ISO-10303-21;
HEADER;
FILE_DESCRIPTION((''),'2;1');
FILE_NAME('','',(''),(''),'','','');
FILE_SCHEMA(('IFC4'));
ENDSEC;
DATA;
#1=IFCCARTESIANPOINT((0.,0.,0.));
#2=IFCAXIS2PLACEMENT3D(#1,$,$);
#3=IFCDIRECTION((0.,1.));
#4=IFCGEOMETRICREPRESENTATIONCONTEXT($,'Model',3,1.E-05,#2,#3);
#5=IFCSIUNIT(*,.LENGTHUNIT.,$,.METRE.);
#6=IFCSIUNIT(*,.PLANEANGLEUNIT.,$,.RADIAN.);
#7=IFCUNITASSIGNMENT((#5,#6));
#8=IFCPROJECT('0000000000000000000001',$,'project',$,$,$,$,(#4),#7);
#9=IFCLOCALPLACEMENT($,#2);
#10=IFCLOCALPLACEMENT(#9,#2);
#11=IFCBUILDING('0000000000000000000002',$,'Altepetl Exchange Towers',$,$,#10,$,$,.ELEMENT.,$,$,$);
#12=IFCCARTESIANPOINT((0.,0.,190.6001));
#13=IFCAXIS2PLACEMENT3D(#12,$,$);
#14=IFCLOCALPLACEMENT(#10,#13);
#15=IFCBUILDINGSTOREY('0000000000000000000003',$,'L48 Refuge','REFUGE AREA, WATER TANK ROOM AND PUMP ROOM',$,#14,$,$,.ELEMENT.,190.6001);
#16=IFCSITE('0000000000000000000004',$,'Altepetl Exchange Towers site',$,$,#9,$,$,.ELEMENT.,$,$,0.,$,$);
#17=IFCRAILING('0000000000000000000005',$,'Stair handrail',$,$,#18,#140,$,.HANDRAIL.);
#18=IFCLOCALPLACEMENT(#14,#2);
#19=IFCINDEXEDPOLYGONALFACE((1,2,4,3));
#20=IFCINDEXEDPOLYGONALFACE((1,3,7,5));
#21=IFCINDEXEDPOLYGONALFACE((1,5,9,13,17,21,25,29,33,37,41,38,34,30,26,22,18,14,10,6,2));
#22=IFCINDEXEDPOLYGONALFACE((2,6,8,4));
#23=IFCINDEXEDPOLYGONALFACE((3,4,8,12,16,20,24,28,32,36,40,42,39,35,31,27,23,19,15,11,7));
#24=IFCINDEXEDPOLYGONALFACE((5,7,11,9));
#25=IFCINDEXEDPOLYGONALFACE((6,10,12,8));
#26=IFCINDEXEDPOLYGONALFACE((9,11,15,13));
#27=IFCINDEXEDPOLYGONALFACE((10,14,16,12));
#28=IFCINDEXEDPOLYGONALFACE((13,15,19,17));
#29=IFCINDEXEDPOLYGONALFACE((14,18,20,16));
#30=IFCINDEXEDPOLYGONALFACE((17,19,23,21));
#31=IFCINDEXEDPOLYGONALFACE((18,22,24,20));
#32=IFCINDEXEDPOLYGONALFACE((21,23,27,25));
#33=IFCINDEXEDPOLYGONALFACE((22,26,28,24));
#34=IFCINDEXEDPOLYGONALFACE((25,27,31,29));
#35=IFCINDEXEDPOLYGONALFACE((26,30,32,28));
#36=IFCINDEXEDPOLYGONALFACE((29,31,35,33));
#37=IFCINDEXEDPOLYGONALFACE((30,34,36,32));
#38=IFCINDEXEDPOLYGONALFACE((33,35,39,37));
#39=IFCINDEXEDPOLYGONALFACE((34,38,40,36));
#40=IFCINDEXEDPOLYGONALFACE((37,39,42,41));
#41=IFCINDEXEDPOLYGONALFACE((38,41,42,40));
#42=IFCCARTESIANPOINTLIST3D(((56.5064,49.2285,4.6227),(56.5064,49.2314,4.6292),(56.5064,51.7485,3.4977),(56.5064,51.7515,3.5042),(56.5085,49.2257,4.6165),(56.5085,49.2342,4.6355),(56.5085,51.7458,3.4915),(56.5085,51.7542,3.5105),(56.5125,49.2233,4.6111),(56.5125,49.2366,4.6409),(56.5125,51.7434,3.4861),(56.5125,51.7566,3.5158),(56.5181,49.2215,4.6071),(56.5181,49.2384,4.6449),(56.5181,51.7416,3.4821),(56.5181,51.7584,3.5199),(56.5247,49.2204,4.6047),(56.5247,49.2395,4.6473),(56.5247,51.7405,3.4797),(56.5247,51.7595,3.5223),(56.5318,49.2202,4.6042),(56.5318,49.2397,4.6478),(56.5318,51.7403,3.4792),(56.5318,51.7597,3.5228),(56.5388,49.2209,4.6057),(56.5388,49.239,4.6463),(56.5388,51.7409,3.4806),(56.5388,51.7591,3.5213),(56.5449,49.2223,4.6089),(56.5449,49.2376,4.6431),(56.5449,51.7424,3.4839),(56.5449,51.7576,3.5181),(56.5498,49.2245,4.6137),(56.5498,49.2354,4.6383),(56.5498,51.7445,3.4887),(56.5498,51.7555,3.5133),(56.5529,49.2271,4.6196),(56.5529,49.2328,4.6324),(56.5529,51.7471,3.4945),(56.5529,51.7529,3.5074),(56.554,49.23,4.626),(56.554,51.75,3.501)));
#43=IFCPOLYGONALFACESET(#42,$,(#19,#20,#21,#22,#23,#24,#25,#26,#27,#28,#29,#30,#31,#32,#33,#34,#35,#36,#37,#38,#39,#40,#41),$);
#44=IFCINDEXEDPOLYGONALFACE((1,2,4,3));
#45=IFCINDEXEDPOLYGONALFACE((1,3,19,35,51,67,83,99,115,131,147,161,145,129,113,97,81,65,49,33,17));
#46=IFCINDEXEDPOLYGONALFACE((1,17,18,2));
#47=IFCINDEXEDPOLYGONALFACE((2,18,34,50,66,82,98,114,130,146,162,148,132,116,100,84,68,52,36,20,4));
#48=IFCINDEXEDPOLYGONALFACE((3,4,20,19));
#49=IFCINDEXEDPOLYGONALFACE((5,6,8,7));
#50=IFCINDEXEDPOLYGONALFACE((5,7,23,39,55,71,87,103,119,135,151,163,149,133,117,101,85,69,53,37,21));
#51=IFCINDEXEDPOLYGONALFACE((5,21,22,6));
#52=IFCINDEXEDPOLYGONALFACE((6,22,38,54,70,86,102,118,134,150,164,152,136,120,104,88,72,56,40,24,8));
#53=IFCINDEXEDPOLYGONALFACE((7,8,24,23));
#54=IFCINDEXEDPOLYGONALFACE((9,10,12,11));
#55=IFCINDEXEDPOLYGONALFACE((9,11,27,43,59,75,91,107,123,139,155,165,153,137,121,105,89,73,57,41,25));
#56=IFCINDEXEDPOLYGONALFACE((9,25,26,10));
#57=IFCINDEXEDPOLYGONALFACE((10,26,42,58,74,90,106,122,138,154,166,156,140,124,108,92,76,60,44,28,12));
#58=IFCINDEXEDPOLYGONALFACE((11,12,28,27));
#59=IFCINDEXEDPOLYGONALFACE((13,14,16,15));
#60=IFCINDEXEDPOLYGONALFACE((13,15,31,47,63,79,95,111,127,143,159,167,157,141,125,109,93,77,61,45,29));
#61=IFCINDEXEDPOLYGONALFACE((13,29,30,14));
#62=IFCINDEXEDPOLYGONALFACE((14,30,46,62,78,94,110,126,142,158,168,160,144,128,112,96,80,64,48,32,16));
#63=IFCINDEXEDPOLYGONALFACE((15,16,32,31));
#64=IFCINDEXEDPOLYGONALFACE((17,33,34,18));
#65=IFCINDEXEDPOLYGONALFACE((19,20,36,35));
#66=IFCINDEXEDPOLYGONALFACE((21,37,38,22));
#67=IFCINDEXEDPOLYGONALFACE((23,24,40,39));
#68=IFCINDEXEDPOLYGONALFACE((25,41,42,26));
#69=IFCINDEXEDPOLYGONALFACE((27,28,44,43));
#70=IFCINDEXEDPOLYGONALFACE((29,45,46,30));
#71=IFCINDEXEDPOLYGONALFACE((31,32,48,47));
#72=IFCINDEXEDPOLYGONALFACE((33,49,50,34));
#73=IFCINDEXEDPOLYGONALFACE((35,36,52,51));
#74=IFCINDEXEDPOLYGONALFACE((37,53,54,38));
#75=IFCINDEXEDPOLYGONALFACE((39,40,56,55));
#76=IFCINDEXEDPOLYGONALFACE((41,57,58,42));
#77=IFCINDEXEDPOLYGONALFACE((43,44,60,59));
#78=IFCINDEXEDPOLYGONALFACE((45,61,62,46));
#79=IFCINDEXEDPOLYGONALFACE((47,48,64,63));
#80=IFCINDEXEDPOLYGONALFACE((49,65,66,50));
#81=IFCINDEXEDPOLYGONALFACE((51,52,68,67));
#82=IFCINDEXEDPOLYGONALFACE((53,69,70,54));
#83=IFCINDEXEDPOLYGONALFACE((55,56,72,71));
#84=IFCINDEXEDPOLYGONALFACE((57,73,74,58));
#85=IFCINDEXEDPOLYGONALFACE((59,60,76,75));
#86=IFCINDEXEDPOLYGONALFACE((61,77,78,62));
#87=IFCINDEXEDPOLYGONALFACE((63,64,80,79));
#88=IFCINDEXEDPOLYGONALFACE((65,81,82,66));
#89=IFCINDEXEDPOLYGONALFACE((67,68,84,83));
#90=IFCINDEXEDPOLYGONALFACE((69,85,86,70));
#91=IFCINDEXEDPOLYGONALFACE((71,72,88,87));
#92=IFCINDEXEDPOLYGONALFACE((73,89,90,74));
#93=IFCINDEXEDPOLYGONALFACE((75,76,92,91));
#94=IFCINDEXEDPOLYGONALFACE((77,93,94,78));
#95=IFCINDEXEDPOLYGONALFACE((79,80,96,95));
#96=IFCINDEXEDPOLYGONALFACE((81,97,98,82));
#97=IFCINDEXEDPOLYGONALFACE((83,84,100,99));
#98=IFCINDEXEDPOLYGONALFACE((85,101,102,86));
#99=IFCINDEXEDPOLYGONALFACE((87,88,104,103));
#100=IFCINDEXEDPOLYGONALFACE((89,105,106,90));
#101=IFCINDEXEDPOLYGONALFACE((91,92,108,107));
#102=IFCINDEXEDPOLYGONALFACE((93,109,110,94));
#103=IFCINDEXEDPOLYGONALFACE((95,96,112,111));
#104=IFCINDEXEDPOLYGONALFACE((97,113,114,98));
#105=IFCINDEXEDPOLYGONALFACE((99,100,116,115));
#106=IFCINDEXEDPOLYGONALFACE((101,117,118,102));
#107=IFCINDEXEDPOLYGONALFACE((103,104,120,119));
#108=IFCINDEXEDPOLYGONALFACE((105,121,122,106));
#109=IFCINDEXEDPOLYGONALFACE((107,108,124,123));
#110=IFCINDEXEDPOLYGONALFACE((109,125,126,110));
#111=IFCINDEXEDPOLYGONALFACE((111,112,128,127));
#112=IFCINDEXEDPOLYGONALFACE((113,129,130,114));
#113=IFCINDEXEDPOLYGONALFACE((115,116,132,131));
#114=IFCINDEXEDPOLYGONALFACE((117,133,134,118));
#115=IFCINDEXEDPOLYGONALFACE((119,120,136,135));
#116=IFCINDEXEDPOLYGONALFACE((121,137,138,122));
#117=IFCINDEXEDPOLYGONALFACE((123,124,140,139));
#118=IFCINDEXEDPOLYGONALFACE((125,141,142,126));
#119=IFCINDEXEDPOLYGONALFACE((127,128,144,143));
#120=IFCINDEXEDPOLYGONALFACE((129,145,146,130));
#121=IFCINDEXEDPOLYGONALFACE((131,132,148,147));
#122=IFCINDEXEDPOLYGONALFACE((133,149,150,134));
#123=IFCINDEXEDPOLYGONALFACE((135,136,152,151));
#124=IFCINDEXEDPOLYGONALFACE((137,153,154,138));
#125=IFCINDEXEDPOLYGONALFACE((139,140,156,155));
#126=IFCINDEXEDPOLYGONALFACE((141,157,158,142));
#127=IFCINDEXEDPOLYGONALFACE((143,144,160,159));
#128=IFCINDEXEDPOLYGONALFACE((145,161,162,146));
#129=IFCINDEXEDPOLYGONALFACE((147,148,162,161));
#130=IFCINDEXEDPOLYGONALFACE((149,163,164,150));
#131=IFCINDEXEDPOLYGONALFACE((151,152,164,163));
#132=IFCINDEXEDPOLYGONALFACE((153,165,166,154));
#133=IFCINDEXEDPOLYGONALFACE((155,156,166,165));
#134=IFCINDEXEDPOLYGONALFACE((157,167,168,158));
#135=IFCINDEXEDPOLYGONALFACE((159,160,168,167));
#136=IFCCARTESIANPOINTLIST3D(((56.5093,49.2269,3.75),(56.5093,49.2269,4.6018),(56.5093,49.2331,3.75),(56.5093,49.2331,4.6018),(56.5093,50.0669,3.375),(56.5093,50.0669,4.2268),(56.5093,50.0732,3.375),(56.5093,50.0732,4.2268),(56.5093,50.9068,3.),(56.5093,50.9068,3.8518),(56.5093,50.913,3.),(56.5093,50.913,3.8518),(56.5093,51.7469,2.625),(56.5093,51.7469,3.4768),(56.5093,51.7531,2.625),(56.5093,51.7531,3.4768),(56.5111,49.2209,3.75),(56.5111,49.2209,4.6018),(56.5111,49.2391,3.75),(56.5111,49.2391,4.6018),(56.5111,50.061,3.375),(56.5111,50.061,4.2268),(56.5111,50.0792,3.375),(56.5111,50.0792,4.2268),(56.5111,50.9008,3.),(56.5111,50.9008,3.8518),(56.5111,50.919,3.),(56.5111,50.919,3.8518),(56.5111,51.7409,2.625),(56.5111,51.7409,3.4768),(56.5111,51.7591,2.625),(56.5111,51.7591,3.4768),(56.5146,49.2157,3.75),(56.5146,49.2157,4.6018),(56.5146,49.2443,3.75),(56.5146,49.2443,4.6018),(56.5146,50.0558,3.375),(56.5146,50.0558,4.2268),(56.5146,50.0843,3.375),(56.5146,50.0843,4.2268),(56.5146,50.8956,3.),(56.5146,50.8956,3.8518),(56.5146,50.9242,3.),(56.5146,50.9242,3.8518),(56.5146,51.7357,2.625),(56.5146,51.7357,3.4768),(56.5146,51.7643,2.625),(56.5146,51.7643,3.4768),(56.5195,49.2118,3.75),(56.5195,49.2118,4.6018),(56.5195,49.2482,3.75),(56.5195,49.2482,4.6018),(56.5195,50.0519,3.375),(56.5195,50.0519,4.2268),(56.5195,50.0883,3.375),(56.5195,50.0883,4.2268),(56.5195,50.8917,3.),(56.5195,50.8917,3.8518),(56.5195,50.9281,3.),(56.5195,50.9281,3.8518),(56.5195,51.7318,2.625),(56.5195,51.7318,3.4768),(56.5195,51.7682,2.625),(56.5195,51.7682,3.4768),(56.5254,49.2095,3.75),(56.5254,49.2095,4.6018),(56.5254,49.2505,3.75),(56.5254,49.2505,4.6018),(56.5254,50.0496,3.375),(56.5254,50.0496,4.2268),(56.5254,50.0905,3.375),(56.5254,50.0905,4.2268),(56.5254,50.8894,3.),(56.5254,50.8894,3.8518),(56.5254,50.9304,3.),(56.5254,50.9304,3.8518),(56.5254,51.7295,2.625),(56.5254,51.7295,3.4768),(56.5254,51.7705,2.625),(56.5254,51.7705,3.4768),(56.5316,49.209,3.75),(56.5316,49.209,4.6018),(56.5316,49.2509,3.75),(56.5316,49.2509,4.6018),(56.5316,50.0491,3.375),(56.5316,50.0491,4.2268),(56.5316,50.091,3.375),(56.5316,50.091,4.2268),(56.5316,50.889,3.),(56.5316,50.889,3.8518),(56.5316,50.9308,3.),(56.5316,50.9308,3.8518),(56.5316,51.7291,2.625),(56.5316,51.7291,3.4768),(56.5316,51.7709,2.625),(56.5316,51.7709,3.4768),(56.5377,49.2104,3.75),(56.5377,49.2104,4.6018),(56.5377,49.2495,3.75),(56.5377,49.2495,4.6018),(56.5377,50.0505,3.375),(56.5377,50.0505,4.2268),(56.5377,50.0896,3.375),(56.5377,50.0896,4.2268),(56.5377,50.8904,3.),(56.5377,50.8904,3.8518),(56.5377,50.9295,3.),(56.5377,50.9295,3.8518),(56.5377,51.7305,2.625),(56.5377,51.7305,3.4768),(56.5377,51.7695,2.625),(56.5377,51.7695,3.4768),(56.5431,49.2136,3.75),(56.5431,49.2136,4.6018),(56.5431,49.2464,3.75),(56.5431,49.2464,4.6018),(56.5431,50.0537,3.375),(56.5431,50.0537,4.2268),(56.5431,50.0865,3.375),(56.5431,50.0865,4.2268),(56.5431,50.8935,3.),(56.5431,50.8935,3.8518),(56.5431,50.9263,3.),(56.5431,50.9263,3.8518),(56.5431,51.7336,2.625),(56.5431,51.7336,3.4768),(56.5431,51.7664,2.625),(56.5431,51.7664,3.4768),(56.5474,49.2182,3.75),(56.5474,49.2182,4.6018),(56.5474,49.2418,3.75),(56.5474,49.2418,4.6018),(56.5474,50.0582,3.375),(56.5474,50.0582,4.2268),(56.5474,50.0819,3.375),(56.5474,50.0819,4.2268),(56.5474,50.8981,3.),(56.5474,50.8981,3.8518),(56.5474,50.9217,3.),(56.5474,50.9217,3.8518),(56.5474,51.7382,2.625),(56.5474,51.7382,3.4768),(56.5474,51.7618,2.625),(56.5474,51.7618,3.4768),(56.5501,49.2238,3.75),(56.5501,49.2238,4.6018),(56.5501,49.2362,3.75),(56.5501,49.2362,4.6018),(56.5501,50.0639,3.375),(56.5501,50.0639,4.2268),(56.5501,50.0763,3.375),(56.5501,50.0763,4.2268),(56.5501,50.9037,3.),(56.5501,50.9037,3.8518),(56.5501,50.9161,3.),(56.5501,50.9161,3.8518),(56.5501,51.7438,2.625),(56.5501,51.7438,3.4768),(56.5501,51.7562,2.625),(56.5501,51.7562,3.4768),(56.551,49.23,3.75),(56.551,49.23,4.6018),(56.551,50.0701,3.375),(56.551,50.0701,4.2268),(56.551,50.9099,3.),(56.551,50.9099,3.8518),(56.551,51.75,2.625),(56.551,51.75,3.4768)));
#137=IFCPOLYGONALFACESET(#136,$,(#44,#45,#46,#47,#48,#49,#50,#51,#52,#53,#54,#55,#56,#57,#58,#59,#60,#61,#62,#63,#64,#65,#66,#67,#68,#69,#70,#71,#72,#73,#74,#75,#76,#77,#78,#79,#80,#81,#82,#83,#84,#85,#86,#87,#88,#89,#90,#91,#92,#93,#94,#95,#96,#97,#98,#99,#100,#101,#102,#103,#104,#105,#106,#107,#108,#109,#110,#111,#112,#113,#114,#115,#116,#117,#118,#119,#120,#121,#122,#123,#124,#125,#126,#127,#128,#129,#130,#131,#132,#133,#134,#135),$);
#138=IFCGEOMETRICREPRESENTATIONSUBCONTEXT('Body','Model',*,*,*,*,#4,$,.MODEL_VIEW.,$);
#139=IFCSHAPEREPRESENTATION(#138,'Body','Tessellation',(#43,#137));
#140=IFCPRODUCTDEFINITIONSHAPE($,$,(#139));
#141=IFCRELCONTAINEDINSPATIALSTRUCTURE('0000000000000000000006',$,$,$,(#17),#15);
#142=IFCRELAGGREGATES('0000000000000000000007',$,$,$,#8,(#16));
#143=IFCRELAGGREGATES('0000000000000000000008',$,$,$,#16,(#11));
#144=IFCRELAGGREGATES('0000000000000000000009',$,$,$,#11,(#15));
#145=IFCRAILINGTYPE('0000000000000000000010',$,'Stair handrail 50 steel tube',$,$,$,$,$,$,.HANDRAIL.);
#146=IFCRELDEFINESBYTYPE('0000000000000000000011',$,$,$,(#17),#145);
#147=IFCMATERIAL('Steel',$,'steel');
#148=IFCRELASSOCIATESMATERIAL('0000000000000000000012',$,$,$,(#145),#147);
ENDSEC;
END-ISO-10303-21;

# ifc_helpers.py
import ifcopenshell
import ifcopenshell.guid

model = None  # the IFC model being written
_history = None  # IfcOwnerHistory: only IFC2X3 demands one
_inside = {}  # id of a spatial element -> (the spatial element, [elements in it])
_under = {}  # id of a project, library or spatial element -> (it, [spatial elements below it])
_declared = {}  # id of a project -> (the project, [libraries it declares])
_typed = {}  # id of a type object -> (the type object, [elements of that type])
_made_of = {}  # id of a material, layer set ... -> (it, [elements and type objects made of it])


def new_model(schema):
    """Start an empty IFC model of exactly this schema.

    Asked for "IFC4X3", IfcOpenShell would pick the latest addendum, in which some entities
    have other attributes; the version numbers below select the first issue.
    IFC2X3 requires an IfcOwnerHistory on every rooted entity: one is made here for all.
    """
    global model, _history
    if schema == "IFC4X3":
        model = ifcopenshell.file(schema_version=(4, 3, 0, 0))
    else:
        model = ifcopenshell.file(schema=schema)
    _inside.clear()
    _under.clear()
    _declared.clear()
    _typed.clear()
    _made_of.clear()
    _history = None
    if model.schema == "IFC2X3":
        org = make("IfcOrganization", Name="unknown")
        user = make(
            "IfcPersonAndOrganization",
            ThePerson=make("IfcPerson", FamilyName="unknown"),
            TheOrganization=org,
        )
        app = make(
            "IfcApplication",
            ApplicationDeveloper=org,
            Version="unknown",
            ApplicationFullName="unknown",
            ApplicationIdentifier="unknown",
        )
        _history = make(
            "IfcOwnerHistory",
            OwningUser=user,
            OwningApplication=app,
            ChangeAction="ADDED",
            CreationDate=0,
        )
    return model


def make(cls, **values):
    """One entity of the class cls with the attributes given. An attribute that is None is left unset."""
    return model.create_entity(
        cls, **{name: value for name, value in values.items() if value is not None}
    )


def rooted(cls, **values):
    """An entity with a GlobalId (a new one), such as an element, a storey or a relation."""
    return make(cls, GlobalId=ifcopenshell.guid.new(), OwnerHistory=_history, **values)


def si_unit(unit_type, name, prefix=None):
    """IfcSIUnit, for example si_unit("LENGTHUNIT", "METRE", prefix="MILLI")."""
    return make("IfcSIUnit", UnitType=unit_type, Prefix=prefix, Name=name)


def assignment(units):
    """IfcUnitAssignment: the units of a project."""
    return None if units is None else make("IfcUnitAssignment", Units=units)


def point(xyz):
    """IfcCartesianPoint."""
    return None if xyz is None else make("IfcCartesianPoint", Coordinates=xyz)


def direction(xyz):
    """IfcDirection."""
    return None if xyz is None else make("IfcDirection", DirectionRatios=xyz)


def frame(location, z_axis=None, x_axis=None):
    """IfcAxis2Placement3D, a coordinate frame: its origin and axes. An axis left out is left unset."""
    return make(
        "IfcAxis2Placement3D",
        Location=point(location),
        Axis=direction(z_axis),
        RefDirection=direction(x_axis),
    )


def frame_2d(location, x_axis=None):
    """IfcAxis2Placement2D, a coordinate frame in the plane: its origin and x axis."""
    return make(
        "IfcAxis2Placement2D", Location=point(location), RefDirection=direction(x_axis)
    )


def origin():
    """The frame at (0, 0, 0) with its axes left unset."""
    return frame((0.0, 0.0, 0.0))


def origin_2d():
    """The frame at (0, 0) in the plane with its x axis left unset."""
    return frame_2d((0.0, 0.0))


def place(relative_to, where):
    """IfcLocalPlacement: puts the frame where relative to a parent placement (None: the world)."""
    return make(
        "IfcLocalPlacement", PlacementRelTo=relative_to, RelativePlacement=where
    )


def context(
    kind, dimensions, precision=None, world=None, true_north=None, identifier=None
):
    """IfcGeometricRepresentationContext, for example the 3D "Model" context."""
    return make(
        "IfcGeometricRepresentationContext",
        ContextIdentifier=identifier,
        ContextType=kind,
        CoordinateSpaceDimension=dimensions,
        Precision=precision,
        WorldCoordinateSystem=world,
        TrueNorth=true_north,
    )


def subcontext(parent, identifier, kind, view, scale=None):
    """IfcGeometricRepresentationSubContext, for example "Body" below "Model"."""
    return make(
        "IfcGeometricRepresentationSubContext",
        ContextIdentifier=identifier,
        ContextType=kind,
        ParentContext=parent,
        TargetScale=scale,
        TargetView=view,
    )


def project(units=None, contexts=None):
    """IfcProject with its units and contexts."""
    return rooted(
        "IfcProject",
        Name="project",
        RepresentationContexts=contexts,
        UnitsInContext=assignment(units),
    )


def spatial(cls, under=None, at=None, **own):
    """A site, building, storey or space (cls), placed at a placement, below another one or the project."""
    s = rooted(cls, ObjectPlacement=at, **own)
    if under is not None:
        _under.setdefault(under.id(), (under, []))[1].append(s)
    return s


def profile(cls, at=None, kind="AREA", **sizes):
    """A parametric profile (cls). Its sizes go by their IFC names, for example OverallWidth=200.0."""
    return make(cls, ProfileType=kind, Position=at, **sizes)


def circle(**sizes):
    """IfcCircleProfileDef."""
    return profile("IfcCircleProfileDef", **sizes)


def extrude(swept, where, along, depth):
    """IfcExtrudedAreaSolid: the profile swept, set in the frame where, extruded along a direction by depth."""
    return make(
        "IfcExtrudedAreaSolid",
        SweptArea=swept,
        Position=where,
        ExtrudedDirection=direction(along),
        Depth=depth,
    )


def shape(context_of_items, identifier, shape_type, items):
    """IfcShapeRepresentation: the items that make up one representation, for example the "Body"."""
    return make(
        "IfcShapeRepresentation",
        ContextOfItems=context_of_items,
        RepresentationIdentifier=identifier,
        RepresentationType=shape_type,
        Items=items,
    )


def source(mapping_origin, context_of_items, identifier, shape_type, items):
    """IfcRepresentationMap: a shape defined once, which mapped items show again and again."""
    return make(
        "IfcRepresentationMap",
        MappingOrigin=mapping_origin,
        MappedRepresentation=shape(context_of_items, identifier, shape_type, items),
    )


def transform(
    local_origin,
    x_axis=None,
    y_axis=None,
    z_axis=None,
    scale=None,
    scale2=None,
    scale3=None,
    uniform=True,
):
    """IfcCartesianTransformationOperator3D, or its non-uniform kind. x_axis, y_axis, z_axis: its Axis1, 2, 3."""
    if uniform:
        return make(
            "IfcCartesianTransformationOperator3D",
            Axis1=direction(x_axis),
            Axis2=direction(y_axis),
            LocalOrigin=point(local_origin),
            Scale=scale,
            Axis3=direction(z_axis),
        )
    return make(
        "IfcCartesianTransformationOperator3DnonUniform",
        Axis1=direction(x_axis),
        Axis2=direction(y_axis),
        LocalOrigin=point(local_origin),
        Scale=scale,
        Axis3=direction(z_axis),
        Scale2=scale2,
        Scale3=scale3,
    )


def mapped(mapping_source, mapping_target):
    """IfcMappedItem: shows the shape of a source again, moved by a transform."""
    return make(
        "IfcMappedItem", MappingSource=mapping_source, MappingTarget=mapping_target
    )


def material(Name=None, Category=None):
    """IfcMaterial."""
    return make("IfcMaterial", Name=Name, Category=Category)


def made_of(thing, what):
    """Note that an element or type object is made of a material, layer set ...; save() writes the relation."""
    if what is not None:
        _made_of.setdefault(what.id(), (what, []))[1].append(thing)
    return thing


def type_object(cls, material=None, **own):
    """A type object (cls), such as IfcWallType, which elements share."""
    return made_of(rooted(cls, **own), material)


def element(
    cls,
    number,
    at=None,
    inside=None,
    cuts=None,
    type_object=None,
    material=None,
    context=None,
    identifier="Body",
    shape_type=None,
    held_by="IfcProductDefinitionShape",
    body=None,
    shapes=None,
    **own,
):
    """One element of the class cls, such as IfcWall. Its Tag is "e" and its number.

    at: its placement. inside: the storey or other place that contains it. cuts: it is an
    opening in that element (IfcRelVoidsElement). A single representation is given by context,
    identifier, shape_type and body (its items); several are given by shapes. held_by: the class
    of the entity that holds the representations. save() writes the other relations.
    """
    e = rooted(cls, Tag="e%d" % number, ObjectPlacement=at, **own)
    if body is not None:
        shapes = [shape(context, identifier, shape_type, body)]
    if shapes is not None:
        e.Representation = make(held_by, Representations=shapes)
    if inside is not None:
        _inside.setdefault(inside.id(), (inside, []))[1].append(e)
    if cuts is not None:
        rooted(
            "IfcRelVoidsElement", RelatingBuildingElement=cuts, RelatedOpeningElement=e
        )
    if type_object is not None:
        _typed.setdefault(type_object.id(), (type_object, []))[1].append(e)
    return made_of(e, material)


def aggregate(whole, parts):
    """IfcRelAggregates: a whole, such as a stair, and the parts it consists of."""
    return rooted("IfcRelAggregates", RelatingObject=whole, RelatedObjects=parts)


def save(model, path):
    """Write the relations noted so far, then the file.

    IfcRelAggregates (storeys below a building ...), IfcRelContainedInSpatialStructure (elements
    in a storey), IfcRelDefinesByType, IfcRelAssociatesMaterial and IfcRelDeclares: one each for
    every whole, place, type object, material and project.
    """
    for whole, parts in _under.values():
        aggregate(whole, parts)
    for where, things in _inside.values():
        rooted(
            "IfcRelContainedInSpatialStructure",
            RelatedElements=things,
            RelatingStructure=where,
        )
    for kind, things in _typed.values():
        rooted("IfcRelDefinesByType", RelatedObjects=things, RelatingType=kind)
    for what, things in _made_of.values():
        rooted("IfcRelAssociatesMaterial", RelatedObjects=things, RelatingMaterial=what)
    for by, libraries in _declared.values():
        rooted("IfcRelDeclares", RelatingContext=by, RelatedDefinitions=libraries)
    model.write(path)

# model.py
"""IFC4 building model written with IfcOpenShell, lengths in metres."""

from ifc_helpers import new_model, si_unit, direction, frame, origin, origin_2d, place, context, subcontext, project, spatial, circle, extrude, source, transform, mapped, material, type_object, element, save


model = new_model("IFC4")

# Units and contexts
model_context = context("Model", 3, precision=1e-05, world=origin(), true_north=direction((0.0, 1.0)))
body_context = subcontext(model_context, "Body", "Model", "MODEL_VIEW")
ifc_project = project(units=[si_unit("LENGTHUNIT", "METRE"), si_unit("PLANEANGLEUNIT", "RADIAN")], contexts=[model_context])

# Site, building, storey
site_placement = place(None, origin())
site = spatial("IfcSite", under=ifc_project, at=site_placement, Name="Altepetl Exchange Towers site", CompositionType="ELEMENT", RefElevation=0.0)
building_placement = place(site_placement, origin())
building = spatial("IfcBuilding", under=site, at=building_placement, Name="Altepetl Exchange Towers", CompositionType="ELEMENT")
storey_placement = place(building_placement, frame((0.0, 0.0, 190.6001)))
storey = spatial("IfcBuildingStorey", under=building, at=storey_placement, Name="L48 Refuge", Description="REFUGE AREA, WATER TANK ROOM AND PUMP ROOM", CompositionType="ELEMENT", Elevation=190.6001)

# Railing
ifc_material_1 = material(Name="Steel", Category="steel")
railing_type_1 = type_object("IfcRailingType", Name="Stair handrail 50 steel tube", PredefinedType="HANDRAIL", material=ifc_material_1)
shared_shape_1 = source(origin(), body_context, "Body", "SweptSolid", [
    extrude(circle(Radius=0.021, at=origin_2d()), origin(), (0.0, 0.0, 1.0), 0.8518),
])
railing_1_placement = place(storey_placement, frame((56.53, 51.75, 2.625)))
element("IfcRailing", 1, at=railing_1_placement, inside=storey, type_object=railing_type_1, Name="Stair handrail", PredefinedType="HANDRAIL", context=body_context, shape_type="SweptSolid", body=[
    extrude(circle(Radius=0.0239, at=origin_2d()), frame((0.0, 0.0, 0.876), z_axis=(0.0, -0.913139, 0.407648), x_axis=(1.0, 0.0, 0.0)), (0.0, 0.0, 1.0), 2.7598),
    mapped(shared_shape_1, transform((0.0, 0.0, 0.0))),
    mapped(shared_shape_1, transform((0.0, -0.8401, 0.375))),
    mapped(shared_shape_1, transform((0.0, -1.6799, 0.75))),
    mapped(shared_shape_1, transform((0.0, -2.52, 1.125))),
])

save(model, "model.ifc")
